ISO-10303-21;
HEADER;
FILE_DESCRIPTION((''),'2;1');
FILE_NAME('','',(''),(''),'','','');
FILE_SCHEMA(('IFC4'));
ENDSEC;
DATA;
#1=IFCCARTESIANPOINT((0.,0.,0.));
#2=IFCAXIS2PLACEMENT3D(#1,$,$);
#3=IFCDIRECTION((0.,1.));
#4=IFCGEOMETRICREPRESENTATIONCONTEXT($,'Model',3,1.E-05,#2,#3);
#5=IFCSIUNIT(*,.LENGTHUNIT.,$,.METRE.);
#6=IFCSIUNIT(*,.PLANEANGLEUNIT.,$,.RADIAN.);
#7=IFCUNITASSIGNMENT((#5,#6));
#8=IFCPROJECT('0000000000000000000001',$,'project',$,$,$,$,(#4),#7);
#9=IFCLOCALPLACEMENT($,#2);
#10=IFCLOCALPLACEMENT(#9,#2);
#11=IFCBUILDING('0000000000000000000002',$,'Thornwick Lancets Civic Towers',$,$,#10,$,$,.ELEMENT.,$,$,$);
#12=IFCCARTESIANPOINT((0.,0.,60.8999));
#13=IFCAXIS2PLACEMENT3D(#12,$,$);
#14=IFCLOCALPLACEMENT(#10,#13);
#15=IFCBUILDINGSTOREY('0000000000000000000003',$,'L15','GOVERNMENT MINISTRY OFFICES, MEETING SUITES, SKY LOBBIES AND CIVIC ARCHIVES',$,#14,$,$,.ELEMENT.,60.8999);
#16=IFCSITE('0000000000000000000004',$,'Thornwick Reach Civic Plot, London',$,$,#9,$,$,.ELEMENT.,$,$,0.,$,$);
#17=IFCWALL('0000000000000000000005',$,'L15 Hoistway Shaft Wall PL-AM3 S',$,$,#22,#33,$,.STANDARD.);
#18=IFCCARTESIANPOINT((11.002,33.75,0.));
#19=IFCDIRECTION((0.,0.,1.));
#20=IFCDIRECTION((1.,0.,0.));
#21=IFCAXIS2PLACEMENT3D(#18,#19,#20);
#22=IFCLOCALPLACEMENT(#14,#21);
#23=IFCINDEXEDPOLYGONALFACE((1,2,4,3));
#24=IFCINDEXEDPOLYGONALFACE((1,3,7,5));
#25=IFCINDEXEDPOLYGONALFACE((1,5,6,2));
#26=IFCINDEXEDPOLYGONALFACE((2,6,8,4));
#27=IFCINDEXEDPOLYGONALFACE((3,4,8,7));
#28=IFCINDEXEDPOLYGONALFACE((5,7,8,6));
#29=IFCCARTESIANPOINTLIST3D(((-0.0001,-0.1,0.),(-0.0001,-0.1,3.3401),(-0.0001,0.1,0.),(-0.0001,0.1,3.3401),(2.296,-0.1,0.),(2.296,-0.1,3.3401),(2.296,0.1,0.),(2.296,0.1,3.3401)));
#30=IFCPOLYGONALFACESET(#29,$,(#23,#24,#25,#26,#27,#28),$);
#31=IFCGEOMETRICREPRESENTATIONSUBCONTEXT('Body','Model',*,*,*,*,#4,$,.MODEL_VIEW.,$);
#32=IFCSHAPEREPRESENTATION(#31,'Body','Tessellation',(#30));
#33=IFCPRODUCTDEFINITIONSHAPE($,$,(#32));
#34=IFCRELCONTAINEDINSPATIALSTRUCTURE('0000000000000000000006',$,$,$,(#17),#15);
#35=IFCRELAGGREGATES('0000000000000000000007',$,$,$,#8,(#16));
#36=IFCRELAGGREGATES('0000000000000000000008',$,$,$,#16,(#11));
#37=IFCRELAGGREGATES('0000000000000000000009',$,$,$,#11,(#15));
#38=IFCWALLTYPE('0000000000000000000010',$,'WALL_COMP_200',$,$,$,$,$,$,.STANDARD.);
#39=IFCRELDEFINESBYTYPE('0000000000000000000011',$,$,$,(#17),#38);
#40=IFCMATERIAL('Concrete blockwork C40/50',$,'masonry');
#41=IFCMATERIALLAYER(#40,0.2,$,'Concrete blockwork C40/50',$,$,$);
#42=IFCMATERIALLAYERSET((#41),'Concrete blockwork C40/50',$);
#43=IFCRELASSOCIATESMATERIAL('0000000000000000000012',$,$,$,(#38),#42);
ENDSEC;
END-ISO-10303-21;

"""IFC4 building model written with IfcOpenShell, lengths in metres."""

from ifc_helpers import new_model, si_unit, direction, frame, frame_2d, origin, place, context, subcontext, project, spatial, rectangle, extrude, material, layer, layer_set, type_object, element, save


model = new_model("IFC4")

# Units and contexts
model_context = context("Model", 3, precision=1e-05, world=origin(), true_north=direction((0.0, 1.0)))
body_context = subcontext(model_context, "Body", "Model", "MODEL_VIEW")
ifc_project = project(units=[si_unit("LENGTHUNIT", "METRE"), si_unit("PLANEANGLEUNIT", "RADIAN")], contexts=[model_context])

# Site, building, storey
site_placement = place(None, origin())
site = spatial("IfcSite", under=ifc_project, at=site_placement, Name="Thornwick Reach Civic Plot, London", CompositionType="ELEMENT", RefElevation=0.0)
building_placement = place(site_placement, origin())
building = spatial("IfcBuilding", under=site, at=building_placement, Name="Thornwick Lancets Civic Towers", CompositionType="ELEMENT")
storey_placement = place(building_placement, frame((0.0, 0.0, 60.8999)))
storey = spatial("IfcBuildingStorey", under=building, at=storey_placement, Name="L15", Description="GOVERNMENT MINISTRY OFFICES, MEETING SUITES, SKY LOBBIES AND CIVIC ARCHIVES", CompositionType="ELEMENT", Elevation=60.8999)

# Wall
ifc_material_1 = material(Name="Concrete blockwork C40/50", Category="masonry")
ifc_layer_1 = layer(ifc_material_1, 0.2, Name="Concrete blockwork C40/50")
ifc_layer_set_1 = layer_set([ifc_layer_1], Name="Concrete blockwork C40/50")
wall_type_1 = type_object("IfcWallType", Name="WALL_COMP_200", PredefinedType="STANDARD", material=ifc_layer_set_1)
wall_1_placement = place(storey_placement, frame((11.002, 33.75, 0.0), z_axis=(0.0, 0.0, 1.0), x_axis=(1.0, 0.0, 0.0)))
element("IfcWall", 1, at=wall_1_placement, inside=storey, type_object=wall_type_1, Name="L15 Hoistway Shaft Wall PL-AM3 S", PredefinedType="STANDARD", context=body_context, shape_type="SweptSolid", body=[
    extrude(rectangle(XDim=2.2961, YDim=0.2, at=frame_2d((1.1479, 0.0))), origin(), (0.0, 0.0, 1.0), 3.3401),
])

save(model, "model.ifc")
